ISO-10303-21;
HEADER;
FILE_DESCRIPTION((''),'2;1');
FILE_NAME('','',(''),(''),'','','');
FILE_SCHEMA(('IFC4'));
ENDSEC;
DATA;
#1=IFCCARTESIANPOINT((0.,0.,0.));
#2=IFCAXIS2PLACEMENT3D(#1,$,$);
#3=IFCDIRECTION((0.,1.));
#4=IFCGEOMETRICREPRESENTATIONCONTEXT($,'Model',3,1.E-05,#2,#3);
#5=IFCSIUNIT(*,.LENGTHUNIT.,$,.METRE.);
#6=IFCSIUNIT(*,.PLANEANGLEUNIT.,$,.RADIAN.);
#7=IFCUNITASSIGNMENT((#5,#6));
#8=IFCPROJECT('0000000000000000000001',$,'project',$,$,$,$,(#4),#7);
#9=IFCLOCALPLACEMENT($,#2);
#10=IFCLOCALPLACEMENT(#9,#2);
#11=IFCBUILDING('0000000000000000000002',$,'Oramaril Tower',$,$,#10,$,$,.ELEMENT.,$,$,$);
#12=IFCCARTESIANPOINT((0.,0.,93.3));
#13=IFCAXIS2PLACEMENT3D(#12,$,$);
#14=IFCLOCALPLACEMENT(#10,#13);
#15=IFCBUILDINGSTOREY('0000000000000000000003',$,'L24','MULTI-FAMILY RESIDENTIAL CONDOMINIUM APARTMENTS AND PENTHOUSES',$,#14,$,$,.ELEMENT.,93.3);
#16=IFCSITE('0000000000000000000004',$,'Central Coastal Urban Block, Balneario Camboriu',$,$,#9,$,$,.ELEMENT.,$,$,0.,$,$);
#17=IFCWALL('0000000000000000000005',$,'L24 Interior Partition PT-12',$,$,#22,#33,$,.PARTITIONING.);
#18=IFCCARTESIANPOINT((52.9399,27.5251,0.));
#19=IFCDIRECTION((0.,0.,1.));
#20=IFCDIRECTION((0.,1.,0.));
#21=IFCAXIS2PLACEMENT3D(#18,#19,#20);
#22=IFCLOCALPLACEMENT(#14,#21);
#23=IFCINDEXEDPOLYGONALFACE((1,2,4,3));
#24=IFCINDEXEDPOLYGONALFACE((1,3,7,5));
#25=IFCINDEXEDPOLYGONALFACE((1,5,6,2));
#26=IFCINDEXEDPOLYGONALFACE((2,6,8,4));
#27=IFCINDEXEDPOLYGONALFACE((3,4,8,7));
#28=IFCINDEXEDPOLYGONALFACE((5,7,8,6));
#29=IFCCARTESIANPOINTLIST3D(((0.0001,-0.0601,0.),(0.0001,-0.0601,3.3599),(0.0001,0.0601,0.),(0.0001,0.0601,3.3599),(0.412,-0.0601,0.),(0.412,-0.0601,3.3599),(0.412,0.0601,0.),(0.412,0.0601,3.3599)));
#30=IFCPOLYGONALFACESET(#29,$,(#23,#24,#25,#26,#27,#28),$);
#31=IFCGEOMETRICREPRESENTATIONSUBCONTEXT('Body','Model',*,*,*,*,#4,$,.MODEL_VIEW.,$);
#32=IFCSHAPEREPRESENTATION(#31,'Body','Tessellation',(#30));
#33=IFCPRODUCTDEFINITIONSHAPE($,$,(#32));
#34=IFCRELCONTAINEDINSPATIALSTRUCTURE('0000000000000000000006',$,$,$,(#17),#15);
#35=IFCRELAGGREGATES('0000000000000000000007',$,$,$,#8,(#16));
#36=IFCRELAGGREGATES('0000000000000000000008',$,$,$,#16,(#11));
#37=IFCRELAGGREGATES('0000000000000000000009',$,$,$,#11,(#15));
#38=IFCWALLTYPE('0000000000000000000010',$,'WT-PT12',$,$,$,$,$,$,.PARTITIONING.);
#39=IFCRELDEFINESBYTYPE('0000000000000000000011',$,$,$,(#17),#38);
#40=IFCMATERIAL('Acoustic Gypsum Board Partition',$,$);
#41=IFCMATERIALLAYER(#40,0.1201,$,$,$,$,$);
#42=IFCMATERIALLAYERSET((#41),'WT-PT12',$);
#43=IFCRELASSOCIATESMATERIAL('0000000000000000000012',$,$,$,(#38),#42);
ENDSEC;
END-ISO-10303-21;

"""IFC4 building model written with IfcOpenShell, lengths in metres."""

from ifc_helpers import new_model, si_unit, direction, frame, frame_2d, origin, place, context, subcontext, project, spatial, rectangle, extrude, material, layer, layer_set, type_object, element, save


model = new_model("IFC4")

# Units and contexts
model_context = context("Model", 3, precision=1e-05, world=origin(), true_north=direction((0.0, 1.0)))
body_context = subcontext(model_context, "Body", "Model", "MODEL_VIEW")
ifc_project = project(units=[si_unit("LENGTHUNIT", "METRE"), si_unit("PLANEANGLEUNIT", "RADIAN")], contexts=[model_context])

# Site, building, storey
site_placement = place(None, origin())
site = spatial("IfcSite", under=ifc_project, at=site_placement, Name="Central Coastal Urban Block, Balneario Camboriu", CompositionType="ELEMENT", RefElevation=0.0)
building_placement = place(site_placement, origin())
building = spatial("IfcBuilding", under=site, at=building_placement, Name="Oramaril Tower", CompositionType="ELEMENT")
storey_placement = place(building_placement, frame((0.0, 0.0, 93.3)))
storey = spatial("IfcBuildingStorey", under=building, at=storey_placement, Name="L24", Description="MULTI-FAMILY RESIDENTIAL CONDOMINIUM APARTMENTS AND PENTHOUSES", CompositionType="ELEMENT", Elevation=93.3)

# Wall
ifc_material_1 = material(Name="Acoustic Gypsum Board Partition")
ifc_layer_1 = layer(ifc_material_1, 0.1201)
ifc_layer_set_1 = layer_set([ifc_layer_1], Name="WT-PT12")
wall_type_1 = type_object("IfcWallType", Name="WT-PT12", PredefinedType="PARTITIONING", material=ifc_layer_set_1)
wall_1_placement = place(storey_placement, frame((52.9399, 27.5251, 0.0), z_axis=(0.0, 0.0, 1.0), x_axis=(0.0, 1.0, 0.0)))
element("IfcWall", 1, at=wall_1_placement, inside=storey, type_object=wall_type_1, Name="L24 Interior Partition PT-12", PredefinedType="PARTITIONING", context=body_context, shape_type="SweptSolid", body=[
    extrude(rectangle(XDim=0.4119, YDim=0.1201, at=frame_2d((0.2061, 0.0))), origin(), (0.0, 0.0, 1.0), 3.3599),
])

save(model, "model.ifc")
